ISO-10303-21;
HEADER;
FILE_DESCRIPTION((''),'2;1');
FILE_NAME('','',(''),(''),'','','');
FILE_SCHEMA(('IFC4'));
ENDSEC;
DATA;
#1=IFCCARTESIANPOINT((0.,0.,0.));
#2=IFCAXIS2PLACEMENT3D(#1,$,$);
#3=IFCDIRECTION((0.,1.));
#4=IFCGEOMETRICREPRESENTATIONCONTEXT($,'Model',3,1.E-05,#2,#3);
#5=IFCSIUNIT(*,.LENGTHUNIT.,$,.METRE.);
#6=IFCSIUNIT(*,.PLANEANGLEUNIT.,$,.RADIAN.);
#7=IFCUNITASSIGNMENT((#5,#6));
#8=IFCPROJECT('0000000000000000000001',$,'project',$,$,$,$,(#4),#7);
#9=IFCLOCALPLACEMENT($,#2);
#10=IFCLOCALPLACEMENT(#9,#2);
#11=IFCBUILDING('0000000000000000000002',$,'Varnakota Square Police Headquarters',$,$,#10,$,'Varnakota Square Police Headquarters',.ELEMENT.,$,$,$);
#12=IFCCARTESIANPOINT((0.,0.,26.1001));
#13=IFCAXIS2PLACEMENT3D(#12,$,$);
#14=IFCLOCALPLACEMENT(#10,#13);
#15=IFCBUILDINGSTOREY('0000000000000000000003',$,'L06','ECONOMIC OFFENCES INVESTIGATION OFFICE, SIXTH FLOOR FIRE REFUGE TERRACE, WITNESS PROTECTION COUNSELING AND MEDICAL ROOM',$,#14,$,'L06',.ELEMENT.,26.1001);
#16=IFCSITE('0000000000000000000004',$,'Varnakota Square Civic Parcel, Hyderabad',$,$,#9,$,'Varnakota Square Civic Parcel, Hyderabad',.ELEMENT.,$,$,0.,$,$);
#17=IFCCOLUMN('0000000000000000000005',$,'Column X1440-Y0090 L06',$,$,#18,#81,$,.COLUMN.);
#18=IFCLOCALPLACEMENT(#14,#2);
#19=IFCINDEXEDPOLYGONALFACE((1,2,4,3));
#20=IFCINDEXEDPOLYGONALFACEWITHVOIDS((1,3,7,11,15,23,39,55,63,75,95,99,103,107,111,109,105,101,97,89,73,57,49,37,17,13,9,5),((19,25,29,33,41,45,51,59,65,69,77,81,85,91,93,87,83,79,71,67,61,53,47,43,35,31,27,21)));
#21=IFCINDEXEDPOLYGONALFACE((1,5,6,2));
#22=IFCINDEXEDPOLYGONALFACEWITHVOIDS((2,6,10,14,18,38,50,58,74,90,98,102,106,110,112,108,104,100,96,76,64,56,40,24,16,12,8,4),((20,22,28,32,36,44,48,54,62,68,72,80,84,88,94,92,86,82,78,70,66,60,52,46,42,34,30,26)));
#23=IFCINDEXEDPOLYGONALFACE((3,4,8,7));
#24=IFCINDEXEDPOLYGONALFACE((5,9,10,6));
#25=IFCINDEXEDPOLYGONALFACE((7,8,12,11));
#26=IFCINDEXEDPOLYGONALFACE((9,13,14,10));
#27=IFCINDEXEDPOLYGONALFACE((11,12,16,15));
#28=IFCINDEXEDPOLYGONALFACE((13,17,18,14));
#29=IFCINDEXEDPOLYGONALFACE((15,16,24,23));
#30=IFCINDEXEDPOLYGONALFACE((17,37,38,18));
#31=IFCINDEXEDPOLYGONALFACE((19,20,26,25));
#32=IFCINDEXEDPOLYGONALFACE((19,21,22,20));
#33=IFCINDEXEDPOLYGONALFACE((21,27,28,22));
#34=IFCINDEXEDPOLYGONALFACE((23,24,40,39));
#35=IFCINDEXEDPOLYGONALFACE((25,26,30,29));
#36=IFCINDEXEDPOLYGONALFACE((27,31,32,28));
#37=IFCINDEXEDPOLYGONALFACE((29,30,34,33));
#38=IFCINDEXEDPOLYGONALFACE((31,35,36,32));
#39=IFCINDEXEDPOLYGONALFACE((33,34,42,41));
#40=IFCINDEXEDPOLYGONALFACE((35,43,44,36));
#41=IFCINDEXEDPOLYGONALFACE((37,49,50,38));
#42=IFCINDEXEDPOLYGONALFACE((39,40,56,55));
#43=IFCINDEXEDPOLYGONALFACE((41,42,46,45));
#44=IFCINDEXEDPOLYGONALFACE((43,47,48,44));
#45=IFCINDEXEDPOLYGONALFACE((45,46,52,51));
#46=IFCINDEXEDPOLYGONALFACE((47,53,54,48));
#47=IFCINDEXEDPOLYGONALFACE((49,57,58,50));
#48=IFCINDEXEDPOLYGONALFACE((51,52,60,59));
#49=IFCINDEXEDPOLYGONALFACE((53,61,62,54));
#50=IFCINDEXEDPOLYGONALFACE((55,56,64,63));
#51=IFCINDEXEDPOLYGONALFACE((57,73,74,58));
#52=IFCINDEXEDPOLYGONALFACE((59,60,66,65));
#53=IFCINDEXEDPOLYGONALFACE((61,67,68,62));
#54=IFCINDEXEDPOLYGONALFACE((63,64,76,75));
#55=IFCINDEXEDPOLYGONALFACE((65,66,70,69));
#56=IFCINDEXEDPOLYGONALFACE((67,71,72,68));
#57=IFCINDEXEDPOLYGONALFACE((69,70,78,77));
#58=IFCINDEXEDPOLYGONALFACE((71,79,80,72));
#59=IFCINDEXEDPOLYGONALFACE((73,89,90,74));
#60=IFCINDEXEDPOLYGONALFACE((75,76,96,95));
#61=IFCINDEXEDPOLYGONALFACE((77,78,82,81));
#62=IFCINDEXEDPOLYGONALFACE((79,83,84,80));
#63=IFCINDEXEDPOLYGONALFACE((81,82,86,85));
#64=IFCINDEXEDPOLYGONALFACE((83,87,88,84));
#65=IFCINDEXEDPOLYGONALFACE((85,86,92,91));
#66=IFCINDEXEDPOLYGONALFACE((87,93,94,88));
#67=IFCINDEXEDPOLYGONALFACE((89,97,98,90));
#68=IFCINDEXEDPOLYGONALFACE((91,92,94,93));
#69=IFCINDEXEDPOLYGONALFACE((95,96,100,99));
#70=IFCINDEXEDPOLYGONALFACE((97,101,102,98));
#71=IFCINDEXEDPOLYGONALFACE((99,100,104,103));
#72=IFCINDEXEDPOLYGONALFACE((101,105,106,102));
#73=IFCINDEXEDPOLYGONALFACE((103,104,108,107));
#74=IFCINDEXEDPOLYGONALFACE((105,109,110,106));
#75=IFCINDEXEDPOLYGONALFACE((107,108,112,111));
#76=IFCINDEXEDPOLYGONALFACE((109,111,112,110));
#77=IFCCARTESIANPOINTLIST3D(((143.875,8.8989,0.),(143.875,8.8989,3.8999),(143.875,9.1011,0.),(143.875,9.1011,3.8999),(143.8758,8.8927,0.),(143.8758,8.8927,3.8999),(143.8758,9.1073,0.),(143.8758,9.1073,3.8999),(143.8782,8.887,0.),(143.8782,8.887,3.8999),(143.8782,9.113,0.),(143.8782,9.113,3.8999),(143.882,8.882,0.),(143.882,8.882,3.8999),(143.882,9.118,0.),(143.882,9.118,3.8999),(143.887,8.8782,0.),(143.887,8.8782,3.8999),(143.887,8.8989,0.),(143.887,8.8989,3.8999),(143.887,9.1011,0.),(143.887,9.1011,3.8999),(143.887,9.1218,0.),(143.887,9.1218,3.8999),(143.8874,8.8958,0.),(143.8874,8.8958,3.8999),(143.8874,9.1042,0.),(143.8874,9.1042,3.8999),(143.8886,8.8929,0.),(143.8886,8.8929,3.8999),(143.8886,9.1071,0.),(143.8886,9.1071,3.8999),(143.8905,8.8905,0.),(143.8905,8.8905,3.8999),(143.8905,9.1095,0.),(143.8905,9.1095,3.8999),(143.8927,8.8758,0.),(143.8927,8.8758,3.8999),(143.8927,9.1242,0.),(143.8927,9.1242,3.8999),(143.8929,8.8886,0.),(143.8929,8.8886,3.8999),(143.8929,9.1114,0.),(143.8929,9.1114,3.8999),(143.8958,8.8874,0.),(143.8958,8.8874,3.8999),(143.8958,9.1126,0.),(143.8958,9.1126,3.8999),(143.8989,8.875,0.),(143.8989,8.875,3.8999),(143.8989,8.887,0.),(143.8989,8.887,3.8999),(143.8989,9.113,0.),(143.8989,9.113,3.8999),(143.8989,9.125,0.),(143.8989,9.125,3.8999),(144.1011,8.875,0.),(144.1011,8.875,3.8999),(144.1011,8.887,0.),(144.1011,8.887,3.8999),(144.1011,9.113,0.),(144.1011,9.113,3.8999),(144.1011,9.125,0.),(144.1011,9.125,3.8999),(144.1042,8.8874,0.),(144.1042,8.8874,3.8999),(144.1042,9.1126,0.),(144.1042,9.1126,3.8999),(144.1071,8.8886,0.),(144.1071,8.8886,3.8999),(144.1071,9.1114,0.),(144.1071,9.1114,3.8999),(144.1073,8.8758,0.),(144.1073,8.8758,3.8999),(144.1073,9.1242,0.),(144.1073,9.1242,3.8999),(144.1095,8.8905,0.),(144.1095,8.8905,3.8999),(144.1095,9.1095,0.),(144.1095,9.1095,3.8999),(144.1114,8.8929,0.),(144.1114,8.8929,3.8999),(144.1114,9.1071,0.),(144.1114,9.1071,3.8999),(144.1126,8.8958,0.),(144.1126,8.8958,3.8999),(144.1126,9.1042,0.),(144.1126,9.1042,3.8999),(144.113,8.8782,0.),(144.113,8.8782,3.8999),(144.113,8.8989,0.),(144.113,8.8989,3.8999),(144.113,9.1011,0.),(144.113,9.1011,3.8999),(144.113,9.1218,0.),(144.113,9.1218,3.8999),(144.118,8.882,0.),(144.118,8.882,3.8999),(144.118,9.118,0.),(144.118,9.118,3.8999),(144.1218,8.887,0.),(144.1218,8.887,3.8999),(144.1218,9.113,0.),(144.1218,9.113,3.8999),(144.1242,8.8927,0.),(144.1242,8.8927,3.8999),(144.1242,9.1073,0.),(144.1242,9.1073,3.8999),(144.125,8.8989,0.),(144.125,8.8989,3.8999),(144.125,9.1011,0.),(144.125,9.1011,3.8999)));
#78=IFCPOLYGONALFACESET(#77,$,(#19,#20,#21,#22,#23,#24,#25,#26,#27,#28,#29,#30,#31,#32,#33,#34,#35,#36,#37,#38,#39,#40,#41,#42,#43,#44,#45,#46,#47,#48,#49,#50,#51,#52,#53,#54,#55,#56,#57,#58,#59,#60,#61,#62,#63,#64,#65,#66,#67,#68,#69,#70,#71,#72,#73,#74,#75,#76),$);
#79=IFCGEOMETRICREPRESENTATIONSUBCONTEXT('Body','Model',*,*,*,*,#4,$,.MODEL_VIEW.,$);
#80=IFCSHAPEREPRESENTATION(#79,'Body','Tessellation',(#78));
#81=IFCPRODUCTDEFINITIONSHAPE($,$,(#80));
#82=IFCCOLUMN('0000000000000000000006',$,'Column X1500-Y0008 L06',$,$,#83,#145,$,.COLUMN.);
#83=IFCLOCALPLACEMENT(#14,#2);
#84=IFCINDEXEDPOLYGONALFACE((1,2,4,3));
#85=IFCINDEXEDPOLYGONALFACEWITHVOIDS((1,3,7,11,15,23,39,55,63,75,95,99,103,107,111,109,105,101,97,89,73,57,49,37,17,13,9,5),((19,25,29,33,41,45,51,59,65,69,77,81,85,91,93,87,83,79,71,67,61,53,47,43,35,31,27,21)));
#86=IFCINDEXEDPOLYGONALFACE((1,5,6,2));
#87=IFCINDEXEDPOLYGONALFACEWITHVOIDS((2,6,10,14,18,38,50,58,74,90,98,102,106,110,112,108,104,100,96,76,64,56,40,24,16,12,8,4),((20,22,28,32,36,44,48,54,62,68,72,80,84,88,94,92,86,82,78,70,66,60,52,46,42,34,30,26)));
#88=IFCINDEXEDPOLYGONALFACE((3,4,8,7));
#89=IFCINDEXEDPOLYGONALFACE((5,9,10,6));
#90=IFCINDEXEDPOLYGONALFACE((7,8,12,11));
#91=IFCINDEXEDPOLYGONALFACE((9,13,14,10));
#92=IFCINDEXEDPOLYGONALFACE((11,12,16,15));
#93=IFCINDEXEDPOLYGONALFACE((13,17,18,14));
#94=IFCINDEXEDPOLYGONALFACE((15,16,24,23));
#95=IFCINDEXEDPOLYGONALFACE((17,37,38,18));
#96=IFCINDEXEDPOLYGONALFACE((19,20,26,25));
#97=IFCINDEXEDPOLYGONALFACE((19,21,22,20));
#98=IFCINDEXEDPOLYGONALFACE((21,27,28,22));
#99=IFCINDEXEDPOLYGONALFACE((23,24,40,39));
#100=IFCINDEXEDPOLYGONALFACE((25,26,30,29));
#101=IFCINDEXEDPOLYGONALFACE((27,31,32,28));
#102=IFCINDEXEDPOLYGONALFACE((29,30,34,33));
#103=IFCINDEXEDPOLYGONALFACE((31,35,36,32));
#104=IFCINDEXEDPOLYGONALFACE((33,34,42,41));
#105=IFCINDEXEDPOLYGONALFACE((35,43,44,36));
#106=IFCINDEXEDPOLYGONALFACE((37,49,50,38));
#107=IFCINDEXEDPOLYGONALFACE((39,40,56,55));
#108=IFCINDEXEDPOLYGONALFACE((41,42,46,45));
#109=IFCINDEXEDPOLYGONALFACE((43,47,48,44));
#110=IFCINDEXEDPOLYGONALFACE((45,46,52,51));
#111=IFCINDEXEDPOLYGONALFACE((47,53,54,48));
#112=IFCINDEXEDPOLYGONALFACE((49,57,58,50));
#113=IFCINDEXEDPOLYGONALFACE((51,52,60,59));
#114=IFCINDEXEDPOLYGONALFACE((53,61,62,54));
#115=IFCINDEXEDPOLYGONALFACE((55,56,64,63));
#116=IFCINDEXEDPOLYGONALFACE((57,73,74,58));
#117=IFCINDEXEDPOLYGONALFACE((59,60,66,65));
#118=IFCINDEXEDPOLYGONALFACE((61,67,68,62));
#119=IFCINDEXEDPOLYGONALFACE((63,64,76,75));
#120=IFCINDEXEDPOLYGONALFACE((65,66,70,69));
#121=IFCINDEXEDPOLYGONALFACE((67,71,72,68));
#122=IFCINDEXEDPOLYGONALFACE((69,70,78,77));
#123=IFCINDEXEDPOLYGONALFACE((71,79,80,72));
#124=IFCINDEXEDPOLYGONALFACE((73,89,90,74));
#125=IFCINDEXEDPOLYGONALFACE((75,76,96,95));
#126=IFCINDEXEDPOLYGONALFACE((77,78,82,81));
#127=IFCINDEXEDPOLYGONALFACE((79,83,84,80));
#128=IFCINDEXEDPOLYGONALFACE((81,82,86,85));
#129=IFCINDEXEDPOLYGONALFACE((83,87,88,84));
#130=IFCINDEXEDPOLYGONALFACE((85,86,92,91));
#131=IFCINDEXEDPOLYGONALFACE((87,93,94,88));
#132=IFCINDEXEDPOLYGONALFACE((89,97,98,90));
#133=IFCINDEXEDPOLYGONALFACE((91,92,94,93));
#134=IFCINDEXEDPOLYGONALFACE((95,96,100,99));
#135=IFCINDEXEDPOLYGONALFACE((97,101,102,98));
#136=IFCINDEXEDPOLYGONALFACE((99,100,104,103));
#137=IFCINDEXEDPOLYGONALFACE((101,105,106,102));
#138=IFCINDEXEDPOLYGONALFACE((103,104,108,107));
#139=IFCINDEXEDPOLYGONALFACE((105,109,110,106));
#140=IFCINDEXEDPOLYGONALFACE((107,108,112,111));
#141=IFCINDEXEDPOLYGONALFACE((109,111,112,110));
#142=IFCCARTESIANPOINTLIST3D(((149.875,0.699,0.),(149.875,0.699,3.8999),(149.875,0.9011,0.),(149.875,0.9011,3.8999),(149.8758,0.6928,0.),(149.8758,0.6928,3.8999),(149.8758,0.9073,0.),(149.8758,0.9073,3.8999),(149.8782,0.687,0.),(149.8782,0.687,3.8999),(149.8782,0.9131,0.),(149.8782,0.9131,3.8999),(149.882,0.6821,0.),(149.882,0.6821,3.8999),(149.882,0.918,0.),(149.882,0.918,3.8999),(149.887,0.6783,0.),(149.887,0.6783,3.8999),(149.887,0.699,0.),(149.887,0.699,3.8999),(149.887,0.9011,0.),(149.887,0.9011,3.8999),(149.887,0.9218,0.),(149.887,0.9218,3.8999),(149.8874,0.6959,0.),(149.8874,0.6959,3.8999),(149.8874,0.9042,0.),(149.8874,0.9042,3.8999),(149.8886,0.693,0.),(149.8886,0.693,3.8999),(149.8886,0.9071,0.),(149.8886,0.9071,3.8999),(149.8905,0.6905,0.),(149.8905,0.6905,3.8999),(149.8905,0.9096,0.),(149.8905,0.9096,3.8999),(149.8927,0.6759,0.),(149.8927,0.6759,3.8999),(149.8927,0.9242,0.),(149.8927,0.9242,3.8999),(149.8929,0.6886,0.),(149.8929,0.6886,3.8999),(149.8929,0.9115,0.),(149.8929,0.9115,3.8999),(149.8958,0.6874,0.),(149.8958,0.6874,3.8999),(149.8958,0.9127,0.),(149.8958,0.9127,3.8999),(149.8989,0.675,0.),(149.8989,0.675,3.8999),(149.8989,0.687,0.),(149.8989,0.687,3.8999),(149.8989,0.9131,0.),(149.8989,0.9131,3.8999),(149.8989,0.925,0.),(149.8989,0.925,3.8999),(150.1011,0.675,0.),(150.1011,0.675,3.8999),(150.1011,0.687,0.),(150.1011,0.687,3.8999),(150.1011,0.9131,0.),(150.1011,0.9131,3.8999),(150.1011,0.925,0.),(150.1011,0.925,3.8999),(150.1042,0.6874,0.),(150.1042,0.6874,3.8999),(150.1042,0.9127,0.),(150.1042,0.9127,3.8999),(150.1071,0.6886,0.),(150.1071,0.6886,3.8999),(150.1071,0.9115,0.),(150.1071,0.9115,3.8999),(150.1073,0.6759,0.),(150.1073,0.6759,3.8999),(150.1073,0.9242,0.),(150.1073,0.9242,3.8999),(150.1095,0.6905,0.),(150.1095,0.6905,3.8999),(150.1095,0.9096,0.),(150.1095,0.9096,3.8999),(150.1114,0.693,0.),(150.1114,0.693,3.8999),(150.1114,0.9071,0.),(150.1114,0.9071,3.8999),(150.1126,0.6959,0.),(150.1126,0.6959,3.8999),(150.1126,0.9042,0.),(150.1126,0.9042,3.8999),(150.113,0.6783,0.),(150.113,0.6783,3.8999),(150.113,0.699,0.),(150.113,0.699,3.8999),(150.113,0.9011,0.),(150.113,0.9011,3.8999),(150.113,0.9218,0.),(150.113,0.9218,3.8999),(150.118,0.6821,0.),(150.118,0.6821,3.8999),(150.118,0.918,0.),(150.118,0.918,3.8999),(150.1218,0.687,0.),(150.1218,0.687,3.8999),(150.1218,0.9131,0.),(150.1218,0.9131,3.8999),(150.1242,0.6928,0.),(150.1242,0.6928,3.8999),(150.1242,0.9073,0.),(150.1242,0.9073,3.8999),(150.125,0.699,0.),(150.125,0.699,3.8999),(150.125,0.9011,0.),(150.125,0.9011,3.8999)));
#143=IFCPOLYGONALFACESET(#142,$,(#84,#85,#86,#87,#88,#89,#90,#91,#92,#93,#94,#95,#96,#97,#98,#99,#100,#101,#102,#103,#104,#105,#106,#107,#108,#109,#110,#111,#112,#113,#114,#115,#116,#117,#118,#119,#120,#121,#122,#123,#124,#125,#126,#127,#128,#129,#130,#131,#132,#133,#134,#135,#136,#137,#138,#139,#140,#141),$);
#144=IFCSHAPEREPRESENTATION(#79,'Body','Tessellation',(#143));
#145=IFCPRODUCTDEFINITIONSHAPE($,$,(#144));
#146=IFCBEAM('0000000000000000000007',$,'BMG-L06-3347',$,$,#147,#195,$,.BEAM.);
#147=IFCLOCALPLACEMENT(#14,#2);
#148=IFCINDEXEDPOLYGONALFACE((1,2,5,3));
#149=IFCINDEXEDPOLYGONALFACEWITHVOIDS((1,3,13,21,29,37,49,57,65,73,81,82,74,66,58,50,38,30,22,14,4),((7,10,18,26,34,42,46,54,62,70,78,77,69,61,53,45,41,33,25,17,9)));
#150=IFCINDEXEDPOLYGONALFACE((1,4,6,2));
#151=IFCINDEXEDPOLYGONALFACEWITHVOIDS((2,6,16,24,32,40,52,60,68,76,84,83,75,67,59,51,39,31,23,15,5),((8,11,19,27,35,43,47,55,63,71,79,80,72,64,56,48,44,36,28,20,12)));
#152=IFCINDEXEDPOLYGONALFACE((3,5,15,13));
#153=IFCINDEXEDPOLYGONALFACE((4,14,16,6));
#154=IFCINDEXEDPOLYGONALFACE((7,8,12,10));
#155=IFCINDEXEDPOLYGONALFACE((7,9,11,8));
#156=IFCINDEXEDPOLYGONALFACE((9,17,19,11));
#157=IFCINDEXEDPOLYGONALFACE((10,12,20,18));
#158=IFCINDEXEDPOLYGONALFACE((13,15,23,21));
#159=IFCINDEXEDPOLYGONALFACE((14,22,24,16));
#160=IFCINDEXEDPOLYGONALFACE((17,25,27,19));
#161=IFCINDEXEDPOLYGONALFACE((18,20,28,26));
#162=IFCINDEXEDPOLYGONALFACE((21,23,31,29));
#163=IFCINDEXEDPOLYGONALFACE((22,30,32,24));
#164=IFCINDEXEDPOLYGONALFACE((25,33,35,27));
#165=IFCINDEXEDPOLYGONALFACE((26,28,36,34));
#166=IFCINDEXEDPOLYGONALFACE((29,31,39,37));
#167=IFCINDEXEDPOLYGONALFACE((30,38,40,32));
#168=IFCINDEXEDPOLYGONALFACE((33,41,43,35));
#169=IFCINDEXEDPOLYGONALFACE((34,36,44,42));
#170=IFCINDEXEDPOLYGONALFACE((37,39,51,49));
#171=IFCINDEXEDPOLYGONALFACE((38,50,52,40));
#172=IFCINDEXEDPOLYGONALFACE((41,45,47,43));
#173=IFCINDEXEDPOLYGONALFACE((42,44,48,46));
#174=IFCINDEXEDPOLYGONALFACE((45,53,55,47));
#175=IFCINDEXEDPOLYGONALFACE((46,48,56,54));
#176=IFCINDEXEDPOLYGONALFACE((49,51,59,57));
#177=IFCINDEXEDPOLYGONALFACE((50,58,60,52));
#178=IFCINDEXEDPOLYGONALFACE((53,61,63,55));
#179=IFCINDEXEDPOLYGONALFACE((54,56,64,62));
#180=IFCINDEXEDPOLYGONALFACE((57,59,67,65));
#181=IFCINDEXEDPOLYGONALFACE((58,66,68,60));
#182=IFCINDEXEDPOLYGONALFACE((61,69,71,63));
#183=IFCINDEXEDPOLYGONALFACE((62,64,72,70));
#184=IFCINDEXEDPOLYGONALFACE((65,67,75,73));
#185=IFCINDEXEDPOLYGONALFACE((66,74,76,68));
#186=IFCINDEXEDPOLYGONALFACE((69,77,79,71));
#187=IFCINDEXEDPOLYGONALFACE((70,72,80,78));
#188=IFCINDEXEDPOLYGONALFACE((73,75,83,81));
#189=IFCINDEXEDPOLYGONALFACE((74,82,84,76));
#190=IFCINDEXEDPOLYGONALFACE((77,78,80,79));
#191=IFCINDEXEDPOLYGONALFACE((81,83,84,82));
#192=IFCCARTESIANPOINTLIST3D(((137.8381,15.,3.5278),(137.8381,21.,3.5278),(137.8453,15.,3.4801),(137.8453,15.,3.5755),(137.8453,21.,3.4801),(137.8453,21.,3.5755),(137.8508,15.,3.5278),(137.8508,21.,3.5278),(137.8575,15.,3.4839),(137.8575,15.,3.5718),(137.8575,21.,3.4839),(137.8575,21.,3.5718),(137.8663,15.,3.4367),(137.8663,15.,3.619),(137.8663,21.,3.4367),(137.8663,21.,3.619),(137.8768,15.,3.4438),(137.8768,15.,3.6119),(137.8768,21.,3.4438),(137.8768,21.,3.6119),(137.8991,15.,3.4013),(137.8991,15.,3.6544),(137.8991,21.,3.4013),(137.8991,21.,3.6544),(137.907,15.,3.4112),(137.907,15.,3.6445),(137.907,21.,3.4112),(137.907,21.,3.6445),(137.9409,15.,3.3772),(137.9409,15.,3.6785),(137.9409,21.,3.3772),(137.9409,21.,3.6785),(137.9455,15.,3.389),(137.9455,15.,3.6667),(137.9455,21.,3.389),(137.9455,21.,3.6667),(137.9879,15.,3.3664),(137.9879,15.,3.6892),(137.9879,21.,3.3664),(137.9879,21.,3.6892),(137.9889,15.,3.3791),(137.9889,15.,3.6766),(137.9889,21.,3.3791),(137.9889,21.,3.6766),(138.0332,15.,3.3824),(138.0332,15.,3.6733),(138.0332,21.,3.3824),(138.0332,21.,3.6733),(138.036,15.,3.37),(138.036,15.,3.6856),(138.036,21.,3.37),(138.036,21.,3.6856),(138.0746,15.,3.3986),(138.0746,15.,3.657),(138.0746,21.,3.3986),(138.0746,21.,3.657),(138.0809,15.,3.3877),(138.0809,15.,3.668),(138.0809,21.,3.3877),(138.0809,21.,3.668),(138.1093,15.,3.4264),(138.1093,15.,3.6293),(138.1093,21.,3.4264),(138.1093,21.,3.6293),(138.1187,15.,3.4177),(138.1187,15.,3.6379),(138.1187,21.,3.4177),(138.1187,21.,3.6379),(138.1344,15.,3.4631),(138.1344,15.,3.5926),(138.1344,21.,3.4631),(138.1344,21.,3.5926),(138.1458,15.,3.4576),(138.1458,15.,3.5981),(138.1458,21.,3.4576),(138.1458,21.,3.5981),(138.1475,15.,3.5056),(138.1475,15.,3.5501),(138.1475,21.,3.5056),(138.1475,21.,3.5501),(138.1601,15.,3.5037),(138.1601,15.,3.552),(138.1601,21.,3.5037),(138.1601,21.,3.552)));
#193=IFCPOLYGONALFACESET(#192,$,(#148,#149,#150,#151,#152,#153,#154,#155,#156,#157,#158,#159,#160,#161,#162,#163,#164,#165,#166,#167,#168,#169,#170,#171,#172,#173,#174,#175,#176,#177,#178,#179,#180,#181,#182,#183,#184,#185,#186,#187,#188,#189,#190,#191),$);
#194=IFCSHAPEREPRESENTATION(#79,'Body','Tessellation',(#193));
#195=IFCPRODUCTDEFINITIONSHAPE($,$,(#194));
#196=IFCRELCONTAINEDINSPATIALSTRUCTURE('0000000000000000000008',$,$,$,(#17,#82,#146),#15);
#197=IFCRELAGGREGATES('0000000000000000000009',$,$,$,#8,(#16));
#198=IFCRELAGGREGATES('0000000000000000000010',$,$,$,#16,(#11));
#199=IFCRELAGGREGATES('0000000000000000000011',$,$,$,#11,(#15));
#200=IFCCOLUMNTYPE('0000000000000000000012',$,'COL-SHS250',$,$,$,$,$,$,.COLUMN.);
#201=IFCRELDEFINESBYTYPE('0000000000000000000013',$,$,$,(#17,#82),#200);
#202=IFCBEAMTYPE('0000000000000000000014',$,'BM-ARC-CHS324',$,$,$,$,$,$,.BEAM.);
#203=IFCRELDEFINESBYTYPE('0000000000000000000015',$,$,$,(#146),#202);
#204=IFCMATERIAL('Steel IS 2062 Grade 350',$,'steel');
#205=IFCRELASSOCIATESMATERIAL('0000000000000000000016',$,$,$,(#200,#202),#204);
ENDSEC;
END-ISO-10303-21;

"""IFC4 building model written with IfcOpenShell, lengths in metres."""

from ifc_helpers import new_model, si_unit, direction, frame, origin, origin_2d, place, context, subcontext, project, spatial, hollow_rectangle, hollow_circle, extrude, material, material_profile, profile_set, type_object, element, save


model = new_model("IFC4")

# Units and contexts
model_context = context("Model", 3, precision=1e-05, world=origin(), true_north=direction((0.0, 1.0)))
body_context = subcontext(model_context, "Body", "Model", "MODEL_VIEW")
ifc_project = project(units=[si_unit("LENGTHUNIT", "METRE"), si_unit("PLANEANGLEUNIT", "RADIAN")], contexts=[model_context])

# Site, building, storey
site_placement = place(None, origin())
site = spatial("IfcSite", under=ifc_project, at=site_placement, Name="Varnakota Square Civic Parcel, Hyderabad", LongName="Varnakota Square Civic Parcel, Hyderabad", CompositionType="ELEMENT", RefElevation=0.0)
building_placement = place(site_placement, origin())
building = spatial("IfcBuilding", under=site, at=building_placement, Name="Varnakota Square Police Headquarters", LongName="Varnakota Square Police Headquarters", CompositionType="ELEMENT")
storey_placement = place(building_placement, frame((0.0, 0.0, 26.1001)))
storey = spatial("IfcBuildingStorey", under=building, at=storey_placement, Name="L06", Description="ECONOMIC OFFENCES INVESTIGATION OFFICE, SIXTH FLOOR FIRE REFUGE TERRACE, WITNESS PROTECTION COUNSELING AND MEDICAL ROOM", LongName="L06", CompositionType="ELEMENT", Elevation=26.1001)

# Columns
ifc_material_1 = material(Name="Steel IS 2062 Grade 350", Category="steel")
ifc_material_profile_1 = material_profile(ifc_material_1, hollow_rectangle(XDim=0.25, YDim=0.25, WallThickness=0.012, InnerFilletRadius=0.012, OuterFilletRadius=0.0239, at=origin_2d()), Name="SHS 250x250x12")
ifc_profile_set_1 = profile_set([ifc_material_profile_1], Name="Steel IS 2062 Grade 350")
column_type_1 = type_object("IfcColumnType", Name="COL-SHS250", PredefinedType="COLUMN", material=ifc_profile_set_1)
for number, where, z_axis, x_axis, name in (
    (1, (144.0, 9.0, 0.0), (0.0, 0.0, 1.0), (1.0, 0.0, 0.0), "Column X1440-Y0090 L06"),
    (2, (150.0, 0.8, 0.0), (0.0, 0.0, 1.0), (1.0, 0.0, 0.0), "Column X1500-Y0008 L06"),
):
    element("IfcColumn", number, at=place(storey_placement, frame(where, z_axis=z_axis, x_axis=x_axis)), inside=storey, type_object=column_type_1, Name=name, PredefinedType="COLUMN", context=body_context, shape_type="SweptSolid", body=[
        extrude(hollow_rectangle(XDim=0.25, YDim=0.25, WallThickness=0.012, InnerFilletRadius=0.012, OuterFilletRadius=0.0239, at=origin_2d()), origin(), (0.0, 0.0, 1.0), 3.8999),
    ])

# Beam
ifc_material_profile_2 = material_profile(ifc_material_1, hollow_circle(Radius=0.1619, WallThickness=0.0127, at=origin_2d()), Name="CHS 323.9x12.7")
ifc_profile_set_2 = profile_set([ifc_material_profile_2], Name="Steel IS 2062 Grade 350")
beam_type_1 = type_object("IfcBeamType", Name="BM-ARC-CHS324", PredefinedType="BEAM", material=ifc_profile_set_2)
for number, where, z_axis, x_axis, name in (
    (3, (138.0, 15.0, 3.5278), (0.0, 1.0, 0.0), (-1.0, 0.0, 0.0), "BMG-L06-3347"),
):
    element("IfcBeam", number, at=place(storey_placement, frame(where, z_axis=z_axis, x_axis=x_axis)), inside=storey, type_object=beam_type_1, Name=name, PredefinedType="BEAM", context=body_context, shape_type="SweptSolid", body=[
        extrude(hollow_circle(Radius=0.1619, WallThickness=0.0127, at=origin_2d()), origin(), (0.0, 0.0, 1.0), 6.0),
    ])

save(model, "model.ifc")
